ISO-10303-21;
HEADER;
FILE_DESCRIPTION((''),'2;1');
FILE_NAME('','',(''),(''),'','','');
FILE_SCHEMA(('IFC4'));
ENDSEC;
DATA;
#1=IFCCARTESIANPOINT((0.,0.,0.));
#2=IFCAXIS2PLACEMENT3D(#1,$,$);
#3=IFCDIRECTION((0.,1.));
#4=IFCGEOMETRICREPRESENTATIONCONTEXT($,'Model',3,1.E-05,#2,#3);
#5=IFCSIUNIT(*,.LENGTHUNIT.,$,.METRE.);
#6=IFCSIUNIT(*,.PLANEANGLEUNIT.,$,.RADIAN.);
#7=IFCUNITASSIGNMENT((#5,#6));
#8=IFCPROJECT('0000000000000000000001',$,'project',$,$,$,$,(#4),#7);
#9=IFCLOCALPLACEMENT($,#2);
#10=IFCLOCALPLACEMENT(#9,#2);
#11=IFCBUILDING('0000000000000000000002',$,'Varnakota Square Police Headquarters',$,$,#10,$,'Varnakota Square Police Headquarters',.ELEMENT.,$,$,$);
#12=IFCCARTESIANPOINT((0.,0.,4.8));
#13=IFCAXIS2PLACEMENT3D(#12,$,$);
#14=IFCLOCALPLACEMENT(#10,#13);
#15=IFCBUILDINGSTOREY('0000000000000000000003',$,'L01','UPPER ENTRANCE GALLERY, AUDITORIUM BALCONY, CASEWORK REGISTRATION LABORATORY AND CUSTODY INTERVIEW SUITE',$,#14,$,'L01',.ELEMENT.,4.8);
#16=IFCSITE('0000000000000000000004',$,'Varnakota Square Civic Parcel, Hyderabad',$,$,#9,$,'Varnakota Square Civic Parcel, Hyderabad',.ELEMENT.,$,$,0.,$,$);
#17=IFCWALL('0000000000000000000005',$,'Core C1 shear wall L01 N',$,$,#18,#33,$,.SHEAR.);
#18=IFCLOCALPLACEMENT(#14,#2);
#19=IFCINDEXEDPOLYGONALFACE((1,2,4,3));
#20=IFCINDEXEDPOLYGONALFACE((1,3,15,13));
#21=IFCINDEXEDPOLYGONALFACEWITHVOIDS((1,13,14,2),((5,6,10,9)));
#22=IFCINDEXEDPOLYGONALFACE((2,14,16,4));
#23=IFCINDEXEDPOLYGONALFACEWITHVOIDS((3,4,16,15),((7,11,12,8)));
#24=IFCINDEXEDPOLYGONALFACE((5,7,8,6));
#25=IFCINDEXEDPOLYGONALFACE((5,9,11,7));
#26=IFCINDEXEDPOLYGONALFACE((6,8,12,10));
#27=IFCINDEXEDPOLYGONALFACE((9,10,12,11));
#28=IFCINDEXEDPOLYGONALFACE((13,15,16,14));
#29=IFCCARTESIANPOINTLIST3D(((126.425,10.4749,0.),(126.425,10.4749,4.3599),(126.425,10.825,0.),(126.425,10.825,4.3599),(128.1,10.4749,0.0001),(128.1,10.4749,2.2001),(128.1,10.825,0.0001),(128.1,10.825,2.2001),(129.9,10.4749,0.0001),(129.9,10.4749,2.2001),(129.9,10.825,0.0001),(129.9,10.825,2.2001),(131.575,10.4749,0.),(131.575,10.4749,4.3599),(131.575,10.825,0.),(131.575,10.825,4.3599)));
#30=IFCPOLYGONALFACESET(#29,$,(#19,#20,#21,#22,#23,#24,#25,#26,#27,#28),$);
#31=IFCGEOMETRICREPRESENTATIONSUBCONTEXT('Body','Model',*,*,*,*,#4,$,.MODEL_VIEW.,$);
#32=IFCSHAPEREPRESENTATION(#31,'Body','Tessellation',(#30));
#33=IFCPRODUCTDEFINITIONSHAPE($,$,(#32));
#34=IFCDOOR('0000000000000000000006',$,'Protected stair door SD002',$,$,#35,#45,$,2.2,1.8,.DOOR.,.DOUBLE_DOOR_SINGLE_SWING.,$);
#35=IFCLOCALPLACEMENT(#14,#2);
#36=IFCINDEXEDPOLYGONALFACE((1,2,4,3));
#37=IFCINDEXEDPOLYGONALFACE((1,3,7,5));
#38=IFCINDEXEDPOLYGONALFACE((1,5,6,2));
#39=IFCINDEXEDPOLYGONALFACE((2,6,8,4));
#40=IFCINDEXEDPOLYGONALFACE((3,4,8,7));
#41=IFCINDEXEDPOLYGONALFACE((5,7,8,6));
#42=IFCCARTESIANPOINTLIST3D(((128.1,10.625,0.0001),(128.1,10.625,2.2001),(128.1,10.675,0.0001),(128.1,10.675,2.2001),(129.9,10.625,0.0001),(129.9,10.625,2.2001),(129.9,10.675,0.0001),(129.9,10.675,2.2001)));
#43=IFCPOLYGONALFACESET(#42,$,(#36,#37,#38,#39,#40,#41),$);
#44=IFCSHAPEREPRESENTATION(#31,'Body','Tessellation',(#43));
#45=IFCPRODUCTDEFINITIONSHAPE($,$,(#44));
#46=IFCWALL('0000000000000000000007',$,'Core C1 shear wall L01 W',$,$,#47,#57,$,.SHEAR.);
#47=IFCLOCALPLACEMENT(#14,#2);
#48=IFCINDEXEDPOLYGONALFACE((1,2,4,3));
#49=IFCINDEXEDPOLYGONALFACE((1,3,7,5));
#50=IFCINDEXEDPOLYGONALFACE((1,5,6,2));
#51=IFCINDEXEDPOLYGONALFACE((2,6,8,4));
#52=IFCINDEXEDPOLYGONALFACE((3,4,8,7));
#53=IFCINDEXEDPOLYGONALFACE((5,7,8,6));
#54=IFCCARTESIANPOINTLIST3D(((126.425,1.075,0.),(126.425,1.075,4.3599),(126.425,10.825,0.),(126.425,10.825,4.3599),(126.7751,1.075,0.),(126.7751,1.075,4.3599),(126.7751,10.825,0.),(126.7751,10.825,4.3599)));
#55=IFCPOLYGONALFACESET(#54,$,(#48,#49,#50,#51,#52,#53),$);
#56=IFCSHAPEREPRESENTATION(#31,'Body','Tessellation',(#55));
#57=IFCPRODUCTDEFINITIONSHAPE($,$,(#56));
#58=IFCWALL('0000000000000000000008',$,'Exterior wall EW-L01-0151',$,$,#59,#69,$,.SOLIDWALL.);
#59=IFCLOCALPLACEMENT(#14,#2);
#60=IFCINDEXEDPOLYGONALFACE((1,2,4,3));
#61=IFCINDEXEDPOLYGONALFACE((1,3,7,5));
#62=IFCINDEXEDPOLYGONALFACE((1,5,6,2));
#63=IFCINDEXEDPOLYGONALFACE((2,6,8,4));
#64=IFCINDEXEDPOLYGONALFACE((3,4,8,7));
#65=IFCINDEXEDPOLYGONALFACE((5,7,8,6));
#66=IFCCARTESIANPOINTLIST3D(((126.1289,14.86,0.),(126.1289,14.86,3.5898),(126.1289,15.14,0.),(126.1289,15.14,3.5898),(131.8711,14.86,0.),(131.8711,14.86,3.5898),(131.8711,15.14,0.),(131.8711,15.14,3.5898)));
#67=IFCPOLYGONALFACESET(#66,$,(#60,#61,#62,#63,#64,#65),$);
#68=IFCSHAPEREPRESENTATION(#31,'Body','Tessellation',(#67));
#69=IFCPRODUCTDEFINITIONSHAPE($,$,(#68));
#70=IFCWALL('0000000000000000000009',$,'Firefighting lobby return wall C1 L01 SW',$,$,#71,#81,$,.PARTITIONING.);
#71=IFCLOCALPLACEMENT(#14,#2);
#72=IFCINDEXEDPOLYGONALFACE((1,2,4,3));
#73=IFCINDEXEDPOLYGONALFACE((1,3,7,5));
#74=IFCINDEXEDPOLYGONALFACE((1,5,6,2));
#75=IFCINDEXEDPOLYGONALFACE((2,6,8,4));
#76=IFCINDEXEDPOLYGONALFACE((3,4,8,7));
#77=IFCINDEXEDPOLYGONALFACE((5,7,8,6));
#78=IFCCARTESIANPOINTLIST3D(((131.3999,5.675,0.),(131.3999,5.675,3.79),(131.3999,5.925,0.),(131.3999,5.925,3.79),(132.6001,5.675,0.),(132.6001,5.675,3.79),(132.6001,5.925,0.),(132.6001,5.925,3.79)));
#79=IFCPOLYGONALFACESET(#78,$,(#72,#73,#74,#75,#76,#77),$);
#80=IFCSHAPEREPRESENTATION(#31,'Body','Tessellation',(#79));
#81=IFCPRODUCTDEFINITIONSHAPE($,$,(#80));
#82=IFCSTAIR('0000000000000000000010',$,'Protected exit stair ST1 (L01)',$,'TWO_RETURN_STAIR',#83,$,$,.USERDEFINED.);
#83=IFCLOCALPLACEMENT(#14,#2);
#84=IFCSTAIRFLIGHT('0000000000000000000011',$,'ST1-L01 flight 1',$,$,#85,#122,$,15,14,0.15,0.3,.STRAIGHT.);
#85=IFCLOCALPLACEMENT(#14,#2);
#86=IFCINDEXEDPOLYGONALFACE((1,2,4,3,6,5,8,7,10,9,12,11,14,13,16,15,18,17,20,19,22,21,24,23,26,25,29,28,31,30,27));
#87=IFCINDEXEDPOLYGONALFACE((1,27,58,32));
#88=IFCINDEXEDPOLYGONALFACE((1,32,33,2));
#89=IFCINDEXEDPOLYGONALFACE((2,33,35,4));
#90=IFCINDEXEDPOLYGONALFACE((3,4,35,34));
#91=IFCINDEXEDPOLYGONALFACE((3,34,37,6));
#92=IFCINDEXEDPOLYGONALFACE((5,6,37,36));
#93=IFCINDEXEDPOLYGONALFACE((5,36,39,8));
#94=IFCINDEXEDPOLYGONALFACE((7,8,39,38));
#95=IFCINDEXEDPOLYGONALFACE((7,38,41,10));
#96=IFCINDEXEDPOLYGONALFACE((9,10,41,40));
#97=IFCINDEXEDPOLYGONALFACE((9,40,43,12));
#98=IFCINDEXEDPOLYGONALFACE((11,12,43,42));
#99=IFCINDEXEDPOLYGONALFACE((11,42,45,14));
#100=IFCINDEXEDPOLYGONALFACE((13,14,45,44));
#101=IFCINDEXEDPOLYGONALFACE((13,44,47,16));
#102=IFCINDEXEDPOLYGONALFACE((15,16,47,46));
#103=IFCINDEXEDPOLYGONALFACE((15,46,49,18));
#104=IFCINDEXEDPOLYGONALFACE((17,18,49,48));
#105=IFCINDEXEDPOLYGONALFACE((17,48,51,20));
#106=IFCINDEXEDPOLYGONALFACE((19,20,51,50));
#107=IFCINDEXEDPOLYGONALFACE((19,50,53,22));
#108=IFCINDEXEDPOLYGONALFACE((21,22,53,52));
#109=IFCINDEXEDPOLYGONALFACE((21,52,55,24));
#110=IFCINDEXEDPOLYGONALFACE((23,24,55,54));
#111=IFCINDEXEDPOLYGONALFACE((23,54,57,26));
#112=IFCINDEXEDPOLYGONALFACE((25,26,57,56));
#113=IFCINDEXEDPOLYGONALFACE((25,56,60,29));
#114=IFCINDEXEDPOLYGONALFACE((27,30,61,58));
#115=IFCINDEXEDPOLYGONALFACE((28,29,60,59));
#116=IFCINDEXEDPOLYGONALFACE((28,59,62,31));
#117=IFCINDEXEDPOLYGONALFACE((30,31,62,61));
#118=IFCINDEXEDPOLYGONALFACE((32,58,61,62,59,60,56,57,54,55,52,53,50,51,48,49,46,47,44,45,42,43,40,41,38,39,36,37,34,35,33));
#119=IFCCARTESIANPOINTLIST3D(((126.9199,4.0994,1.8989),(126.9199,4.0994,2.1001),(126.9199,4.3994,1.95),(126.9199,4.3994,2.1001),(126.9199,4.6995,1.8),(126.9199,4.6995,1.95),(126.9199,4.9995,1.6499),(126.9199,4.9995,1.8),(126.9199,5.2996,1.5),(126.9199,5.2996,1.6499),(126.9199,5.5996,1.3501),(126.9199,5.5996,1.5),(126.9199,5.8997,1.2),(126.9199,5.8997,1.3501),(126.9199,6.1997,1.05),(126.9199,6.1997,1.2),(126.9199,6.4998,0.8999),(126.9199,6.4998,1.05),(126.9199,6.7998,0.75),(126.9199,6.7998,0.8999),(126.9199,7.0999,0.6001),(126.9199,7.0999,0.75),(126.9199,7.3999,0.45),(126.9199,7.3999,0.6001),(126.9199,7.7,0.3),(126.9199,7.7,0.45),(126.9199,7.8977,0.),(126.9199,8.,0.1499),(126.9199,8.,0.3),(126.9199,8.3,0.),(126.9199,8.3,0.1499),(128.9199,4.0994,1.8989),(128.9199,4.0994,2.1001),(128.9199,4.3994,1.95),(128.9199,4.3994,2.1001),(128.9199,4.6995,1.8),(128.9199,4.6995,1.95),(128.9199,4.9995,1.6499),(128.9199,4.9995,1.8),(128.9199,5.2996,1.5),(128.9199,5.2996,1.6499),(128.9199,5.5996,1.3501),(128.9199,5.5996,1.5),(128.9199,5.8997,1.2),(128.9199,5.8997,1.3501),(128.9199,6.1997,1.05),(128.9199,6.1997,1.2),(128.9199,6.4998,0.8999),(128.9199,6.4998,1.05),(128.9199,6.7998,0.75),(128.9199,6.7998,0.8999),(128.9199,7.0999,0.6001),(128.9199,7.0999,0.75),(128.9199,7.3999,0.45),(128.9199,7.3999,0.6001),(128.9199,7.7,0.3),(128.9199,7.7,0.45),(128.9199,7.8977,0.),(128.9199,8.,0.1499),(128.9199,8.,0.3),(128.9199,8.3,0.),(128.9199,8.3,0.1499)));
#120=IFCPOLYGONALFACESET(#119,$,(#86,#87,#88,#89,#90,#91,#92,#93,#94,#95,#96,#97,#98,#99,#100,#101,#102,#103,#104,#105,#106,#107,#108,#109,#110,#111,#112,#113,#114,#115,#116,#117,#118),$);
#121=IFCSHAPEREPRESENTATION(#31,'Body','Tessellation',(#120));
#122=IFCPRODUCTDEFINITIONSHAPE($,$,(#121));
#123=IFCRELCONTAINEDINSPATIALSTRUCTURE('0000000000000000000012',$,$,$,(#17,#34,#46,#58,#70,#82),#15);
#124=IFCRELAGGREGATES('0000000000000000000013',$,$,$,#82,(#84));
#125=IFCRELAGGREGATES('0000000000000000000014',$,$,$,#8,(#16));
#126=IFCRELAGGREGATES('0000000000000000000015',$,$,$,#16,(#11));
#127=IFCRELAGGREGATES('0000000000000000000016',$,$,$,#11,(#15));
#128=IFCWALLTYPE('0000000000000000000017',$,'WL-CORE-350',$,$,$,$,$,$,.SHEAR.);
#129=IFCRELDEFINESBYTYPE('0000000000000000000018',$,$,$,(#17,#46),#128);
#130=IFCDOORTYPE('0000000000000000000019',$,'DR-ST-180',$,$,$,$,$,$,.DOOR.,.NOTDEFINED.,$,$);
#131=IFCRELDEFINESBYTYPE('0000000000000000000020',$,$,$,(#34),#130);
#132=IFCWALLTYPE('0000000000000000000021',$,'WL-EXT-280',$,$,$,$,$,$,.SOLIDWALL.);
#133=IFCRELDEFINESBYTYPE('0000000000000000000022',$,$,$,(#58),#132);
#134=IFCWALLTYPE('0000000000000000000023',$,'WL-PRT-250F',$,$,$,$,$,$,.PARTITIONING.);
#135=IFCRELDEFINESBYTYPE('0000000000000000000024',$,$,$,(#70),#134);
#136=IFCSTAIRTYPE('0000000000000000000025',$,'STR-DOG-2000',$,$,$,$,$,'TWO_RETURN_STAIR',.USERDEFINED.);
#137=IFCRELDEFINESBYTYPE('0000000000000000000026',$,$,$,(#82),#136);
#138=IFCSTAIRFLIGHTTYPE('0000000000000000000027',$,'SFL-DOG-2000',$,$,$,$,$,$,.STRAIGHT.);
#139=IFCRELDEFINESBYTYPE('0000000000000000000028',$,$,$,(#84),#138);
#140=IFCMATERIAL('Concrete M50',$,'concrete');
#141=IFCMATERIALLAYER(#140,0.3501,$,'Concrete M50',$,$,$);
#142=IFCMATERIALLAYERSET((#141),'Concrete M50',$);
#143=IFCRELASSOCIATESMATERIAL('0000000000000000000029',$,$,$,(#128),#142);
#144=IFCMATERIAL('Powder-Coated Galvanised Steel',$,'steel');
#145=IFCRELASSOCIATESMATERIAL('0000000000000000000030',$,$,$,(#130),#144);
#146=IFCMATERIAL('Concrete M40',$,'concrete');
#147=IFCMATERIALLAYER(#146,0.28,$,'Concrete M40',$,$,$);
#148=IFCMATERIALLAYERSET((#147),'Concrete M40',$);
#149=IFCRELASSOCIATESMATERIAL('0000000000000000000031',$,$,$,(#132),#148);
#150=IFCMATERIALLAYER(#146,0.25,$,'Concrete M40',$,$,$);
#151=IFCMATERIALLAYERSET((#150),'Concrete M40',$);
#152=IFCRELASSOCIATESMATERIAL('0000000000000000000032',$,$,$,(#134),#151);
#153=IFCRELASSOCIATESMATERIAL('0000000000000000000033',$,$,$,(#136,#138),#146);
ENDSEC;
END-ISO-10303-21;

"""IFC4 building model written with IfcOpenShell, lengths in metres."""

from ifc_helpers import new_model, si_unit, direction, frame, frame_2d, origin, place, context, subcontext, project, spatial, polyline, rectangle, outline, extrude, material, layer, layer_set, type_object, element, fill, aggregate, save


model = new_model("IFC4")

# Units and contexts
model_context = context("Model", 3, precision=1e-05, world=origin(), true_north=direction((0.0, 1.0)))
body_context = subcontext(model_context, "Body", "Model", "MODEL_VIEW")
ifc_project = project(units=[si_unit("LENGTHUNIT", "METRE"), si_unit("PLANEANGLEUNIT", "RADIAN")], contexts=[model_context])

# Site, building, storey
site_placement = place(None, origin())
site = spatial("IfcSite", under=ifc_project, at=site_placement, Name="Varnakota Square Civic Parcel, Hyderabad", LongName="Varnakota Square Civic Parcel, Hyderabad", CompositionType="ELEMENT", RefElevation=0.0)
building_placement = place(site_placement, origin())
building = spatial("IfcBuilding", under=site, at=building_placement, Name="Varnakota Square Police Headquarters", LongName="Varnakota Square Police Headquarters", CompositionType="ELEMENT")
storey_placement = place(building_placement, frame((0.0, 0.0, 4.8)))
storey = spatial("IfcBuildingStorey", under=building, at=storey_placement, Name="L01", Description="UPPER ENTRANCE GALLERY, AUDITORIUM BALCONY, CASEWORK REGISTRATION LABORATORY AND CUSTODY INTERVIEW SUITE", LongName="L01", CompositionType="ELEMENT", Elevation=4.8)

# Shared definitions
ifc_material_1 = material(Name="Concrete M40", Category="concrete")

# Wall, opening, door
ifc_material_2 = material(Name="Concrete M50", Category="concrete")
ifc_layer_1 = layer(ifc_material_2, 0.3501, Name="Concrete M50")
ifc_layer_set_1 = layer_set([ifc_layer_1], Name="Concrete M50")
wall_type_1 = type_object("IfcWallType", Name="WL-CORE-350", PredefinedType="SHEAR", material=ifc_layer_set_1)
wall_1_placement = place(storey_placement, frame((131.575, 10.6499, 0.0), z_axis=(0.0, 0.0, 1.0), x_axis=(-1.0, 0.0, 0.0)))
wall_1 = element("IfcWall", 1, at=wall_1_placement, inside=storey, type_object=wall_type_1, Name="Core C1 shear wall L01 N", PredefinedType="SHEAR", context=body_context, shape_type="SweptSolid", body=[
    extrude(rectangle(XDim=5.1499, YDim=0.3501, at=frame_2d((2.575, 0.0))), origin(), (0.0, 0.0, 1.0), 4.3599),
])
opening_1_placement = place(wall_1_placement, frame((1.675, 0.0, 0.0)))
opening_1 = element("IfcOpeningElement", 2, at=opening_1_placement, cuts=wall_1, PredefinedType="OPENING", context=body_context, shape_type="SweptSolid", body=[
    extrude(rectangle(XDim=1.8, YDim=2.2, at=frame_2d((0.8999, 1.1001))), frame((0.0, 0.1851, 0.0), z_axis=(0.0, -1.0, 0.0), x_axis=(1.0, 0.0, 0.0)), (0.0, 0.0, 1.0), 0.3701),
])
ifc_material_3 = material(Name="Powder-Coated Galvanised Steel", Category="steel")
door_type_1 = type_object("IfcDoorType", Name="DR-ST-180", OperationType="NOTDEFINED", PredefinedType="DOOR", material=ifc_material_3)
door_1_placement = place(opening_1_placement, origin())
door_1 = element("IfcDoor", 3, at=door_1_placement, inside=storey, type_object=door_type_1, Name="Protected stair door SD002", OperationType="DOUBLE_DOOR_SINGLE_SWING", OverallHeight=2.2, OverallWidth=1.8, PredefinedType="DOOR", context=body_context, shape_type="SweptSolid", body=[
    extrude(rectangle(XDim=1.8, YDim=2.2, at=frame_2d((0.8999, 1.1001))), frame((0.0, 0.0249, 0.0), z_axis=(0.0, -1.0, 0.0), x_axis=(1.0, 0.0, 0.0)), (0.0, 0.0, 1.0), 0.05),
])
fill(opening_1, door_1)

# Walls
wall_2_placement = place(storey_placement, frame((126.6001, 10.825, 0.0), z_axis=(0.0, 0.0, 1.0), x_axis=(0.0, -1.0, 0.0)))
element("IfcWall", 4, at=wall_2_placement, inside=storey, type_object=wall_type_1, Name="Core C1 shear wall L01 W", PredefinedType="SHEAR", context=body_context, shape_type="SweptSolid", body=[
    extrude(rectangle(XDim=9.75, YDim=0.3501, at=frame_2d((4.875, 0.0))), origin(), (0.0, 0.0, 1.0), 4.3599),
])
ifc_layer_2 = layer(ifc_material_1, 0.28, Name="Concrete M40")
ifc_layer_set_2 = layer_set([ifc_layer_2], Name="Concrete M40")
wall_type_2 = type_object("IfcWallType", Name="WL-EXT-280", PredefinedType="SOLIDWALL", material=ifc_layer_set_2)
wall_3_placement = place(storey_placement, frame((126.1289, 15.0, 0.0), z_axis=(0.0, 0.0, 1.0), x_axis=(1.0, 0.0, 0.0)))
element("IfcWall", 5, at=wall_3_placement, inside=storey, type_object=wall_type_2, Name="Exterior wall EW-L01-0151", PredefinedType="SOLIDWALL", context=body_context, shape_type="SweptSolid", body=[
    extrude(rectangle(XDim=5.7422, YDim=0.28, at=frame_2d((2.8711, 0.0))), origin(), (0.0, 0.0, 1.0), 3.5898),
])

# Shared definitions
ifc_layer_3 = layer(ifc_material_1, 0.25, Name="Concrete M40")
ifc_layer_set_3 = layer_set([ifc_layer_3], Name="Concrete M40")
wall_type_3 = type_object("IfcWallType", Name="WL-PRT-250F", PredefinedType="PARTITIONING", material=ifc_layer_set_3)

# Wall
wall_4_placement = place(storey_placement, frame((131.3999, 5.8, 0.0), z_axis=(0.0, 0.0, 1.0), x_axis=(1.0, 0.0, 0.0)))
element("IfcWall", 6, at=wall_4_placement, inside=storey, type_object=wall_type_3, Name="Firefighting lobby return wall C1 L01 SW", PredefinedType="PARTITIONING", context=body_context, shape_type="SweptSolid", body=[
    extrude(rectangle(XDim=1.2002, YDim=0.25, at=frame_2d((0.6001, 0.0))), origin(), (0.0, 0.0, 1.0), 3.79),
])

# Stair, stair flight
stair_type = type_object("IfcStairType", Name="STR-DOG-2000", ElementType="TWO_RETURN_STAIR", PredefinedType="USERDEFINED", material=ifc_material_1)
stair_placement = place(storey_placement, origin())
stair = element("IfcStair", 7, at=stair_placement, inside=storey, type_object=stair_type, Name="Protected exit stair ST1 (L01)", ObjectType="TWO_RETURN_STAIR", PredefinedType="USERDEFINED")
stair_flight_type = type_object("IfcStairFlightType", Name="SFL-DOG-2000", PredefinedType="STRAIGHT", material=ifc_material_1)
stair_flight_placement = place(storey_placement, frame((127.9199, 8.3, 0.0), z_axis=(0.0, 0.0, 1.0), x_axis=(0.0, -1.0, 0.0)))
stair_flight = element("IfcStairFlight", 8, at=stair_flight_placement, type_object=stair_flight_type, Name="ST1-L01 flight 1", NumberOfRisers=15, NumberOfTreads=14, PredefinedType="STRAIGHT", RiserHeight=0.15, TreadLength=0.3, context=body_context, shape_type="SweptSolid", body=[
    extrude(outline(polyline([(0.0, 0.0), (0.0, 0.1499), (0.3, 0.1499), (0.3, 0.3), (0.6001, 0.3), (0.6001, 0.45), (0.9001, 0.45), (0.9001, 0.6001), (1.2002, 0.6001), (1.2002, 0.75), (1.5002, 0.75), (1.5002, 0.8999), (1.8003, 0.8999), (1.8003, 1.05), (2.1003, 1.05), (2.1003, 1.2), (2.4004, 1.2), (2.4004, 1.3501), (2.7004, 1.3501), (2.7004, 1.5), (3.0005, 1.5), (3.0005, 1.6499), (3.3005, 1.6499), (3.3005, 1.8), (3.6006, 1.8), (3.6006, 1.95), (3.9006, 1.95), (3.9006, 2.1001), (4.2007, 2.1001), (4.2007, 2.25), (4.2007, 1.8989), (0.4023, 0.0), (0.0, 0.0)])), frame((0.0, 1.0, 0.0), z_axis=(0.0, -1.0, 0.0), x_axis=(1.0, 0.0, 0.0)), (0.0, 0.0, 1.0), 2.0),
])
aggregate(stair, [stair_flight])

save(model, "model.ifc")
